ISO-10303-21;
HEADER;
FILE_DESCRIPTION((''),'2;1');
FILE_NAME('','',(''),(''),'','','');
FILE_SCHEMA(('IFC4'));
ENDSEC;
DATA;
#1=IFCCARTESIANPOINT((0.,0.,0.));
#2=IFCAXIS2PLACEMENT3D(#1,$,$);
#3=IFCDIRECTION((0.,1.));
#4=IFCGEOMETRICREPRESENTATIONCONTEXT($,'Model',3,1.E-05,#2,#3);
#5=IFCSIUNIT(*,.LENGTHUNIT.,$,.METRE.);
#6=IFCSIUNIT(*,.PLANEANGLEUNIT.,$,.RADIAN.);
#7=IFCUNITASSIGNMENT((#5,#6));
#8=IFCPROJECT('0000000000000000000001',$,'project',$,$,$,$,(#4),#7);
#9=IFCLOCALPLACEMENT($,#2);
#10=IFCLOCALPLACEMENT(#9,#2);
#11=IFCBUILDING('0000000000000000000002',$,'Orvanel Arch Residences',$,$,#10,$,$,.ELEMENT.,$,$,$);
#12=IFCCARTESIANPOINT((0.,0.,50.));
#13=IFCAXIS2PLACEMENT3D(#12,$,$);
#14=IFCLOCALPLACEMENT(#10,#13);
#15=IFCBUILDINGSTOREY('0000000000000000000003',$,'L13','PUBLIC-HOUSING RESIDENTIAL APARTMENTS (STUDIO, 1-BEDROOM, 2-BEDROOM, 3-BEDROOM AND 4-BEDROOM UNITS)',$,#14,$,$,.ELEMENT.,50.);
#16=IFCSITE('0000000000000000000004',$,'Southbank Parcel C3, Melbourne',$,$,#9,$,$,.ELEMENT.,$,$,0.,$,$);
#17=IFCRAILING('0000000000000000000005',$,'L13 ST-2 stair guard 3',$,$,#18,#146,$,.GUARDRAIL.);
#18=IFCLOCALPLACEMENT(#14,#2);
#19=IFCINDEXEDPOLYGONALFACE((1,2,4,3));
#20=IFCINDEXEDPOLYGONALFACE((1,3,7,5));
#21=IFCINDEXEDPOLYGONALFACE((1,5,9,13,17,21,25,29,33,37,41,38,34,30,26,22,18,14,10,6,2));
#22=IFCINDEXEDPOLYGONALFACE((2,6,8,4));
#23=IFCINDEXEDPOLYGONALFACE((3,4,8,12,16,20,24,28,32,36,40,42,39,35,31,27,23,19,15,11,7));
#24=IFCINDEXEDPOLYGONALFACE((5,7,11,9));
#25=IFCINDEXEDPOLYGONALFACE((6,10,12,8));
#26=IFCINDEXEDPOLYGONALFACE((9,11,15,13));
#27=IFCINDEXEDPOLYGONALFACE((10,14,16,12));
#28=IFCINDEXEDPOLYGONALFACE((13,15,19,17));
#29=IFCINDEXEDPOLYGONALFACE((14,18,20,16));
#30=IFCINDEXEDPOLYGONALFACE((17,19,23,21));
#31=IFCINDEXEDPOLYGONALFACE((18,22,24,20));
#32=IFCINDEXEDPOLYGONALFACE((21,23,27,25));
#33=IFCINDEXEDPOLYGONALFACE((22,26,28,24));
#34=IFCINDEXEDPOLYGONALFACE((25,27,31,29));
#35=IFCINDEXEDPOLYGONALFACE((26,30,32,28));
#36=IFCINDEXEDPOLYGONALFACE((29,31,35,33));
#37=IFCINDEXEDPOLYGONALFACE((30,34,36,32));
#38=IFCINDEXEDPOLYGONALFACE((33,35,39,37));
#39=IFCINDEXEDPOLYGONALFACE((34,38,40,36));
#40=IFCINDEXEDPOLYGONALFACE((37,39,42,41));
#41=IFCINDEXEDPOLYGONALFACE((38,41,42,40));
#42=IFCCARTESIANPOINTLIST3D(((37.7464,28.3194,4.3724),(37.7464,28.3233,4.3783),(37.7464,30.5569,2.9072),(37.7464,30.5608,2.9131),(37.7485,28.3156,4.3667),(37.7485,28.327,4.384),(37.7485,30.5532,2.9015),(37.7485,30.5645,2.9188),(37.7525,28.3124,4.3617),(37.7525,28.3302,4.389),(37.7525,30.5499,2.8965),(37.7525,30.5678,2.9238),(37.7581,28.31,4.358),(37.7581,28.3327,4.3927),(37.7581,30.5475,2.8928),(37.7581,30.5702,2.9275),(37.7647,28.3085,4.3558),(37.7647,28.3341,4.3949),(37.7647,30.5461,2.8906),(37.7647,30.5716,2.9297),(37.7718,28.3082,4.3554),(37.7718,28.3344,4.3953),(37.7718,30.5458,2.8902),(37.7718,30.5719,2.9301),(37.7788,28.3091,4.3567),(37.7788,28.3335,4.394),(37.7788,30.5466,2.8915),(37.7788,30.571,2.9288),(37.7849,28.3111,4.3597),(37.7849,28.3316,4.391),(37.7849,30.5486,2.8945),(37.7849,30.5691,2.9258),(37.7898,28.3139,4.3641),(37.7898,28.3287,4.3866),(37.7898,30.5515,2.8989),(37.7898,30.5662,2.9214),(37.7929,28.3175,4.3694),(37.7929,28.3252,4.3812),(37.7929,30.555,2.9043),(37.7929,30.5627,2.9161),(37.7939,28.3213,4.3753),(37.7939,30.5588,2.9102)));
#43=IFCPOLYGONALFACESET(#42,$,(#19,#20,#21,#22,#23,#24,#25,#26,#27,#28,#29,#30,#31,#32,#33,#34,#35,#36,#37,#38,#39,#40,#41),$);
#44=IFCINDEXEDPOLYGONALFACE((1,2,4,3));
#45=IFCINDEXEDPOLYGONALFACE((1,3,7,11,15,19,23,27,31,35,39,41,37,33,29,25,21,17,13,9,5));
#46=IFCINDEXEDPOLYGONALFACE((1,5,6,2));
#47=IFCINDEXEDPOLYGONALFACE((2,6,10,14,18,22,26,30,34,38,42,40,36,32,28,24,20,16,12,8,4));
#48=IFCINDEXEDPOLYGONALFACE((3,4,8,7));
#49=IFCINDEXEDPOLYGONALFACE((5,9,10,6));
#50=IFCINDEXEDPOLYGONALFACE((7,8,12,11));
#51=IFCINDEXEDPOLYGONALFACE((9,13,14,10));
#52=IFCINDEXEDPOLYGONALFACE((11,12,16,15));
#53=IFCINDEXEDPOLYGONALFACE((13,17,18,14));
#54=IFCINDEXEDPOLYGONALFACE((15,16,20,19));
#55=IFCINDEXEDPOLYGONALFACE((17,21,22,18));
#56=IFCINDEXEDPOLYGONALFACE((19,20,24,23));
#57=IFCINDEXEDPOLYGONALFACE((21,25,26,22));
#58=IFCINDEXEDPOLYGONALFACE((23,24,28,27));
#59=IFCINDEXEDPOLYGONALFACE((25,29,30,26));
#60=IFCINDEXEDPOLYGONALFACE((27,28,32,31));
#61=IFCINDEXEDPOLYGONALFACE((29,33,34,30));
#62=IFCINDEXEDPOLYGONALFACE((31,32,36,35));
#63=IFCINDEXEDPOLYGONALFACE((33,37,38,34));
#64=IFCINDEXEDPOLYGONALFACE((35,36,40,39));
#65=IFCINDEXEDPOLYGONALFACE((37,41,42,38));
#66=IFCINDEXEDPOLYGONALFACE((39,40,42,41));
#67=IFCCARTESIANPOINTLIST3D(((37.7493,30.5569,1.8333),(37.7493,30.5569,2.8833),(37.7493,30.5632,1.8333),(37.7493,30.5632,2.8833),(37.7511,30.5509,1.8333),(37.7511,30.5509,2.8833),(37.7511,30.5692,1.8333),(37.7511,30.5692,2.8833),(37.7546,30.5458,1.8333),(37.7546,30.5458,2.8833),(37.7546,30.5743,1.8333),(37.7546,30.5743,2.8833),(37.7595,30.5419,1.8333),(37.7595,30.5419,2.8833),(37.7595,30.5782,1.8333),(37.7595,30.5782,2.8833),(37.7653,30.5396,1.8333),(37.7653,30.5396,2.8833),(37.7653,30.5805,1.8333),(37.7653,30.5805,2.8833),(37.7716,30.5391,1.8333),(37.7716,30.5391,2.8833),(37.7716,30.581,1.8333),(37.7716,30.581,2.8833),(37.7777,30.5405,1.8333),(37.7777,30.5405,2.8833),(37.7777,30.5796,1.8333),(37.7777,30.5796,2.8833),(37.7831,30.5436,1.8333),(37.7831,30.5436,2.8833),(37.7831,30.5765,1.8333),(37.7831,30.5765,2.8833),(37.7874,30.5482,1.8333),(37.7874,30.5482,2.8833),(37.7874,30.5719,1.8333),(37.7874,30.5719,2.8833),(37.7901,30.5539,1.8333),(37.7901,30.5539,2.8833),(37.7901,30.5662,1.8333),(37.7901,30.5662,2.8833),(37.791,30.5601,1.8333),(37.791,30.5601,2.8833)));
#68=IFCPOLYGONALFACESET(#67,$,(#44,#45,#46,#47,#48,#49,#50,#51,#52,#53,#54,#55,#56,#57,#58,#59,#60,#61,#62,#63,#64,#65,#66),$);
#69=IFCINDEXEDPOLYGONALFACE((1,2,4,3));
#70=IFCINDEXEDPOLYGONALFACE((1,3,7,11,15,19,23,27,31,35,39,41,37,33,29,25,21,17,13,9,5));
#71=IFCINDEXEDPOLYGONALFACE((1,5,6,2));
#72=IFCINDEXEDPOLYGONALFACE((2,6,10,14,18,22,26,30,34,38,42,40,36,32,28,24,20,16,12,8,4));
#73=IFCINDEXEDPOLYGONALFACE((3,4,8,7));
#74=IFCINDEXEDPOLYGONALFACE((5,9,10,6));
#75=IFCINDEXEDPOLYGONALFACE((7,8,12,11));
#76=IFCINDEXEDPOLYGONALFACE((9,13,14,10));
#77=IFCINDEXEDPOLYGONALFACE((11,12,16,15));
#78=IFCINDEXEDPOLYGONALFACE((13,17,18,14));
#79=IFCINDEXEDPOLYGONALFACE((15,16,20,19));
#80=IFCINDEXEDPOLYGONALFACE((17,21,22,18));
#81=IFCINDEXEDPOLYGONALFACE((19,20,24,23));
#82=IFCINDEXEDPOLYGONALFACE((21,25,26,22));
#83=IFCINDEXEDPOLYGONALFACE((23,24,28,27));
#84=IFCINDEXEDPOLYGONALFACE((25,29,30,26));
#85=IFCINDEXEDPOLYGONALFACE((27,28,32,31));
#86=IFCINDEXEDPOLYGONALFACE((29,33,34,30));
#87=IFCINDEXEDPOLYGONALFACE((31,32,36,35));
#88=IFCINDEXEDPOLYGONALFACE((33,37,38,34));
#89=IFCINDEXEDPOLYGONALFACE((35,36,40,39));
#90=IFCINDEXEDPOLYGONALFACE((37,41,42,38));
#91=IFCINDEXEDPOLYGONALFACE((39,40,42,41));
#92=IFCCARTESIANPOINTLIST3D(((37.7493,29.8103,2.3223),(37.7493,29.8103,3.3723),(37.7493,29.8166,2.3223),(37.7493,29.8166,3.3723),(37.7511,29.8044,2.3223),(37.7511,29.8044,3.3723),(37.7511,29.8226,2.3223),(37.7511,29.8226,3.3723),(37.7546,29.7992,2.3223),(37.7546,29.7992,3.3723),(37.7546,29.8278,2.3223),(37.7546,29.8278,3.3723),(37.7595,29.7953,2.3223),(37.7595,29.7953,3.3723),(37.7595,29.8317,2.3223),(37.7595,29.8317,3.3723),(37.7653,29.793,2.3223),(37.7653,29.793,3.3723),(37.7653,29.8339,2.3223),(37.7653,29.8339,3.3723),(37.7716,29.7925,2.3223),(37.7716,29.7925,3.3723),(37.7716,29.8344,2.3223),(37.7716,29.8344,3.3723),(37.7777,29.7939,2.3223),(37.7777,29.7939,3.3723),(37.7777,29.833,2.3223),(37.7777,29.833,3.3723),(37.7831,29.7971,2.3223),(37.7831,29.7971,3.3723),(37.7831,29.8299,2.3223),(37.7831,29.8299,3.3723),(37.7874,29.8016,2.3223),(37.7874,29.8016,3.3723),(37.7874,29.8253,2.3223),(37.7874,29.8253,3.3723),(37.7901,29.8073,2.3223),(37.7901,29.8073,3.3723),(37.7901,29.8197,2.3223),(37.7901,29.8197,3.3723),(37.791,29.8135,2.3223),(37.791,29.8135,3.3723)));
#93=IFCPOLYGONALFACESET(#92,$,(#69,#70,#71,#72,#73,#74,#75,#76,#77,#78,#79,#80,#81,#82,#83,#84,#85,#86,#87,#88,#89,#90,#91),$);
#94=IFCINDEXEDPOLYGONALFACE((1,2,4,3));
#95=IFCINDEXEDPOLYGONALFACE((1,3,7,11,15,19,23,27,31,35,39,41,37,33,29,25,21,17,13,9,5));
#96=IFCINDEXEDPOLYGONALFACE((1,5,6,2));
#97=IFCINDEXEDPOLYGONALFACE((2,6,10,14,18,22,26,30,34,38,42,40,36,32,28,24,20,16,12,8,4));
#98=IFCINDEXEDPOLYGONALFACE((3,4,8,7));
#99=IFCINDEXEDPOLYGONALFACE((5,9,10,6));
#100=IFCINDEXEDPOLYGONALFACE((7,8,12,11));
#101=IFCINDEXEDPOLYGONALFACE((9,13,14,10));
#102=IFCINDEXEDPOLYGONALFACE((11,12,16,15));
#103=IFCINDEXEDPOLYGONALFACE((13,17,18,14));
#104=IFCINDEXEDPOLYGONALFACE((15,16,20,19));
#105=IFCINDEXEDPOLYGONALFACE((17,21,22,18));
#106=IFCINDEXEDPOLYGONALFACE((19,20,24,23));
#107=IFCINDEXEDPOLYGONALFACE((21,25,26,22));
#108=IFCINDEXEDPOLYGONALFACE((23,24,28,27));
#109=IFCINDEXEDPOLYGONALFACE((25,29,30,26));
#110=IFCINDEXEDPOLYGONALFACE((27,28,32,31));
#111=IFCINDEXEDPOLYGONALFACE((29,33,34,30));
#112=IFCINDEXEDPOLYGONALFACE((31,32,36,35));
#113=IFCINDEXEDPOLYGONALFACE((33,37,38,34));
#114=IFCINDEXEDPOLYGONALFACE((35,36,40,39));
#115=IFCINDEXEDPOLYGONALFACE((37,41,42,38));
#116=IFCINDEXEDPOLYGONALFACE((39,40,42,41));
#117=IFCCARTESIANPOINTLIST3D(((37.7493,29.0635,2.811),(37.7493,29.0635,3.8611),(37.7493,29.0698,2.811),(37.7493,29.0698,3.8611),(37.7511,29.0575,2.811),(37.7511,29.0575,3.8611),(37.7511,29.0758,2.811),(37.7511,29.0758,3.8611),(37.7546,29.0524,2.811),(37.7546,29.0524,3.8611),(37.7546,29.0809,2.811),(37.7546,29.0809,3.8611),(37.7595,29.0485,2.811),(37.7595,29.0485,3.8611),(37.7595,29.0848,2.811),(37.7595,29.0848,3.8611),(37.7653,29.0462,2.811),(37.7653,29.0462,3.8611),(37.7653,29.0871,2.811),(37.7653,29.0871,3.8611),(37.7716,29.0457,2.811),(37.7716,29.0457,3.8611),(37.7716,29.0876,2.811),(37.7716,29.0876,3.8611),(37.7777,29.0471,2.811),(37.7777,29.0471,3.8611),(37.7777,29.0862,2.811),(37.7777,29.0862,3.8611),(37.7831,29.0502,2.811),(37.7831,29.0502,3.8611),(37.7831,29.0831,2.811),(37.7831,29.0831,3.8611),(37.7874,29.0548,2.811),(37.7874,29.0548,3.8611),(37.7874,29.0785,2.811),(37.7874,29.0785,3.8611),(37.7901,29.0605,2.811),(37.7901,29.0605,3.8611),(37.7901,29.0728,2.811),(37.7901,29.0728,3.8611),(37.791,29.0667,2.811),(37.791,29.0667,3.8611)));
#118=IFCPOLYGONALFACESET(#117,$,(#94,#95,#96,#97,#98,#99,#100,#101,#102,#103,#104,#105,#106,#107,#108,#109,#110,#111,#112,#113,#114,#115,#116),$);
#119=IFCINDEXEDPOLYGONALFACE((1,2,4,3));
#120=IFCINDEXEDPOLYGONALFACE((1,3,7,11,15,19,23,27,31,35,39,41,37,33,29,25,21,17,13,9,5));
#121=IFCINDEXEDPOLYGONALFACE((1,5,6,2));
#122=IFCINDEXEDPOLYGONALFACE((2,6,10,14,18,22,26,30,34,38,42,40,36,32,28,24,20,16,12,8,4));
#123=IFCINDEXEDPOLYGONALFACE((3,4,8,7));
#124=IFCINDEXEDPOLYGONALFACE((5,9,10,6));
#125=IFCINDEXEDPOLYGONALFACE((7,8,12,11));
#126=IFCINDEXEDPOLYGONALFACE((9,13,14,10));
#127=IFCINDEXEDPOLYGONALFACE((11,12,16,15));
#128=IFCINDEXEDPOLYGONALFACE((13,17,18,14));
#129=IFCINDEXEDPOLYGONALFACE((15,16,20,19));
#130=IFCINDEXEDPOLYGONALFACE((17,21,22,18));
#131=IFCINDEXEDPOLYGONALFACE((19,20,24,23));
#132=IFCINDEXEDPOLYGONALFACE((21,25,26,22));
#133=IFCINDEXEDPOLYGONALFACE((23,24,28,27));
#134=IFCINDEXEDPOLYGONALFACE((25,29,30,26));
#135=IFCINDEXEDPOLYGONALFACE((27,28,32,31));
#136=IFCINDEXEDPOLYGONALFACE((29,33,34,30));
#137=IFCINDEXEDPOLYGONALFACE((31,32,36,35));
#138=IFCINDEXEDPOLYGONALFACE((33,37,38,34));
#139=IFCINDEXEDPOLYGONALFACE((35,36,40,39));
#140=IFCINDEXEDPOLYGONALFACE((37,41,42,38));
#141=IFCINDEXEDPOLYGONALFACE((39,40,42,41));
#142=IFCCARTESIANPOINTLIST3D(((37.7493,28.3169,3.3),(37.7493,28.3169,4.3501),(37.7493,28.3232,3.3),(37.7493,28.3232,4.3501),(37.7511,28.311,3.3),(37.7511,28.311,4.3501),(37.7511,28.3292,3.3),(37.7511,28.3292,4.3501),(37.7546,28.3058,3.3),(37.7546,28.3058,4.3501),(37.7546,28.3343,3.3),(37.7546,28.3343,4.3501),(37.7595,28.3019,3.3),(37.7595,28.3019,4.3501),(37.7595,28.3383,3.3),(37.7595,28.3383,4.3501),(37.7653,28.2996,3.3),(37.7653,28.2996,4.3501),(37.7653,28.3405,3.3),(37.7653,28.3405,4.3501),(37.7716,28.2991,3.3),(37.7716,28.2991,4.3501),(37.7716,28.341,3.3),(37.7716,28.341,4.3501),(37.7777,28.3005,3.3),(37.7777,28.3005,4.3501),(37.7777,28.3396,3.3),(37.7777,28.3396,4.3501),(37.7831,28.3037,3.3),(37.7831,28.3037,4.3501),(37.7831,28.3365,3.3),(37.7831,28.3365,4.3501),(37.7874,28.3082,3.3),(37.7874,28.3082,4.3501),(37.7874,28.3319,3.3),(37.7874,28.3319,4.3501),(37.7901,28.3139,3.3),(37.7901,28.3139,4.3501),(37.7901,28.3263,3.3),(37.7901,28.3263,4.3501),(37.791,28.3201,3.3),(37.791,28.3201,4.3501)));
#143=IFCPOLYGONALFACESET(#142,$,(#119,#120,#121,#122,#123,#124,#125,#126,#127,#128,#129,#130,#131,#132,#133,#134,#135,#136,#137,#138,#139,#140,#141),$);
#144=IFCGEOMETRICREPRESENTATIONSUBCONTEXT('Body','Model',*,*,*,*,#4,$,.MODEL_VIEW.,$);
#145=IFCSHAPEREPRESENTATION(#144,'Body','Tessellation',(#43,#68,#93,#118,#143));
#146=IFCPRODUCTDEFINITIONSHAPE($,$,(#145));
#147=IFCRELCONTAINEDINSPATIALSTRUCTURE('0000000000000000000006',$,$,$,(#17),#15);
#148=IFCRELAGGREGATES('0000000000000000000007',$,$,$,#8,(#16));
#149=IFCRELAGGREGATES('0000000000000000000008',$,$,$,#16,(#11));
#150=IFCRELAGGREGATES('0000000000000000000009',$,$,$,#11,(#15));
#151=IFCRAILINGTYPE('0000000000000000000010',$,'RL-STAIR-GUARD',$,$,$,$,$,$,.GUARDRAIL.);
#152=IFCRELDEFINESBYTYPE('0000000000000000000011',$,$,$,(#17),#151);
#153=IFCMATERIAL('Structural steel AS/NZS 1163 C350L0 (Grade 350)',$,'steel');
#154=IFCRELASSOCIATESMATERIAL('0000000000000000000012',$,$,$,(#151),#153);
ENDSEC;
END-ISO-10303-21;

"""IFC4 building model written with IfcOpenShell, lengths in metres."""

from ifc_helpers import new_model, si_unit, direction, frame, origin, origin_2d, place, context, subcontext, project, spatial, circle, extrude, material, type_object, element, save


model = new_model("IFC4")

# Units and contexts
model_context = context("Model", 3, precision=1e-05, world=origin(), true_north=direction((0.0, 1.0)))
body_context = subcontext(model_context, "Body", "Model", "MODEL_VIEW")
ifc_project = project(units=[si_unit("LENGTHUNIT", "METRE"), si_unit("PLANEANGLEUNIT", "RADIAN")], contexts=[model_context])

# Site, building, storey
site_placement = place(None, origin())
site = spatial("IfcSite", under=ifc_project, at=site_placement, Name="Southbank Parcel C3, Melbourne", CompositionType="ELEMENT", RefElevation=0.0)
building_placement = place(site_placement, origin())
building = spatial("IfcBuilding", under=site, at=building_placement, Name="Orvanel Arch Residences", CompositionType="ELEMENT")
storey_placement = place(building_placement, frame((0.0, 0.0, 50.0)))
storey = spatial("IfcBuildingStorey", under=building, at=storey_placement, Name="L13", Description="PUBLIC-HOUSING RESIDENTIAL APARTMENTS (STUDIO, 1-BEDROOM, 2-BEDROOM, 3-BEDROOM AND 4-BEDROOM UNITS)", CompositionType="ELEMENT", Elevation=50.0)

# Railing
ifc_material_1 = material(Name="Structural steel AS/NZS 1163 C350L0 (Grade 350)", Category="steel")
railing_type_1 = type_object("IfcRailingType", Name="RL-STAIR-GUARD", PredefinedType="GUARDRAIL", material=ifc_material_1)
railing_1_placement = place(storey_placement, frame((37.77, 30.5601, 1.8333)))
element("IfcRailing", 1, at=railing_1_placement, inside=storey, type_object=railing_type_1, Name="L13 ST-2 stair guard 3", PredefinedType="GUARDRAIL", context=body_context, shape_type="SweptSolid", body=[
    extrude(circle(Radius=0.0239, at=origin_2d()), frame((0.0, -0.0012, 1.0769), z_axis=(0.0, -0.836595, 0.547822), x_axis=(1.0, 0.0, 0.0)), (0.0, 0.0, 1.0), 2.6746),
    extrude(circle(Radius=0.021, at=origin_2d()), origin(), (0.0, 0.0, 1.0), 1.05),
    extrude(circle(Radius=0.021, at=origin_2d()), frame((0.0, -0.7466, 0.489)), (0.0, 0.0, 1.0), 1.05),
    extrude(circle(Radius=0.021, at=origin_2d()), frame((0.0, -1.4934, 0.9778)), (0.0, 0.0, 1.0), 1.05),
    extrude(circle(Radius=0.021, at=origin_2d()), frame((0.0, -2.24, 1.4668)), (0.0, 0.0, 1.0), 1.05),
])

save(model, "model.ifc")
